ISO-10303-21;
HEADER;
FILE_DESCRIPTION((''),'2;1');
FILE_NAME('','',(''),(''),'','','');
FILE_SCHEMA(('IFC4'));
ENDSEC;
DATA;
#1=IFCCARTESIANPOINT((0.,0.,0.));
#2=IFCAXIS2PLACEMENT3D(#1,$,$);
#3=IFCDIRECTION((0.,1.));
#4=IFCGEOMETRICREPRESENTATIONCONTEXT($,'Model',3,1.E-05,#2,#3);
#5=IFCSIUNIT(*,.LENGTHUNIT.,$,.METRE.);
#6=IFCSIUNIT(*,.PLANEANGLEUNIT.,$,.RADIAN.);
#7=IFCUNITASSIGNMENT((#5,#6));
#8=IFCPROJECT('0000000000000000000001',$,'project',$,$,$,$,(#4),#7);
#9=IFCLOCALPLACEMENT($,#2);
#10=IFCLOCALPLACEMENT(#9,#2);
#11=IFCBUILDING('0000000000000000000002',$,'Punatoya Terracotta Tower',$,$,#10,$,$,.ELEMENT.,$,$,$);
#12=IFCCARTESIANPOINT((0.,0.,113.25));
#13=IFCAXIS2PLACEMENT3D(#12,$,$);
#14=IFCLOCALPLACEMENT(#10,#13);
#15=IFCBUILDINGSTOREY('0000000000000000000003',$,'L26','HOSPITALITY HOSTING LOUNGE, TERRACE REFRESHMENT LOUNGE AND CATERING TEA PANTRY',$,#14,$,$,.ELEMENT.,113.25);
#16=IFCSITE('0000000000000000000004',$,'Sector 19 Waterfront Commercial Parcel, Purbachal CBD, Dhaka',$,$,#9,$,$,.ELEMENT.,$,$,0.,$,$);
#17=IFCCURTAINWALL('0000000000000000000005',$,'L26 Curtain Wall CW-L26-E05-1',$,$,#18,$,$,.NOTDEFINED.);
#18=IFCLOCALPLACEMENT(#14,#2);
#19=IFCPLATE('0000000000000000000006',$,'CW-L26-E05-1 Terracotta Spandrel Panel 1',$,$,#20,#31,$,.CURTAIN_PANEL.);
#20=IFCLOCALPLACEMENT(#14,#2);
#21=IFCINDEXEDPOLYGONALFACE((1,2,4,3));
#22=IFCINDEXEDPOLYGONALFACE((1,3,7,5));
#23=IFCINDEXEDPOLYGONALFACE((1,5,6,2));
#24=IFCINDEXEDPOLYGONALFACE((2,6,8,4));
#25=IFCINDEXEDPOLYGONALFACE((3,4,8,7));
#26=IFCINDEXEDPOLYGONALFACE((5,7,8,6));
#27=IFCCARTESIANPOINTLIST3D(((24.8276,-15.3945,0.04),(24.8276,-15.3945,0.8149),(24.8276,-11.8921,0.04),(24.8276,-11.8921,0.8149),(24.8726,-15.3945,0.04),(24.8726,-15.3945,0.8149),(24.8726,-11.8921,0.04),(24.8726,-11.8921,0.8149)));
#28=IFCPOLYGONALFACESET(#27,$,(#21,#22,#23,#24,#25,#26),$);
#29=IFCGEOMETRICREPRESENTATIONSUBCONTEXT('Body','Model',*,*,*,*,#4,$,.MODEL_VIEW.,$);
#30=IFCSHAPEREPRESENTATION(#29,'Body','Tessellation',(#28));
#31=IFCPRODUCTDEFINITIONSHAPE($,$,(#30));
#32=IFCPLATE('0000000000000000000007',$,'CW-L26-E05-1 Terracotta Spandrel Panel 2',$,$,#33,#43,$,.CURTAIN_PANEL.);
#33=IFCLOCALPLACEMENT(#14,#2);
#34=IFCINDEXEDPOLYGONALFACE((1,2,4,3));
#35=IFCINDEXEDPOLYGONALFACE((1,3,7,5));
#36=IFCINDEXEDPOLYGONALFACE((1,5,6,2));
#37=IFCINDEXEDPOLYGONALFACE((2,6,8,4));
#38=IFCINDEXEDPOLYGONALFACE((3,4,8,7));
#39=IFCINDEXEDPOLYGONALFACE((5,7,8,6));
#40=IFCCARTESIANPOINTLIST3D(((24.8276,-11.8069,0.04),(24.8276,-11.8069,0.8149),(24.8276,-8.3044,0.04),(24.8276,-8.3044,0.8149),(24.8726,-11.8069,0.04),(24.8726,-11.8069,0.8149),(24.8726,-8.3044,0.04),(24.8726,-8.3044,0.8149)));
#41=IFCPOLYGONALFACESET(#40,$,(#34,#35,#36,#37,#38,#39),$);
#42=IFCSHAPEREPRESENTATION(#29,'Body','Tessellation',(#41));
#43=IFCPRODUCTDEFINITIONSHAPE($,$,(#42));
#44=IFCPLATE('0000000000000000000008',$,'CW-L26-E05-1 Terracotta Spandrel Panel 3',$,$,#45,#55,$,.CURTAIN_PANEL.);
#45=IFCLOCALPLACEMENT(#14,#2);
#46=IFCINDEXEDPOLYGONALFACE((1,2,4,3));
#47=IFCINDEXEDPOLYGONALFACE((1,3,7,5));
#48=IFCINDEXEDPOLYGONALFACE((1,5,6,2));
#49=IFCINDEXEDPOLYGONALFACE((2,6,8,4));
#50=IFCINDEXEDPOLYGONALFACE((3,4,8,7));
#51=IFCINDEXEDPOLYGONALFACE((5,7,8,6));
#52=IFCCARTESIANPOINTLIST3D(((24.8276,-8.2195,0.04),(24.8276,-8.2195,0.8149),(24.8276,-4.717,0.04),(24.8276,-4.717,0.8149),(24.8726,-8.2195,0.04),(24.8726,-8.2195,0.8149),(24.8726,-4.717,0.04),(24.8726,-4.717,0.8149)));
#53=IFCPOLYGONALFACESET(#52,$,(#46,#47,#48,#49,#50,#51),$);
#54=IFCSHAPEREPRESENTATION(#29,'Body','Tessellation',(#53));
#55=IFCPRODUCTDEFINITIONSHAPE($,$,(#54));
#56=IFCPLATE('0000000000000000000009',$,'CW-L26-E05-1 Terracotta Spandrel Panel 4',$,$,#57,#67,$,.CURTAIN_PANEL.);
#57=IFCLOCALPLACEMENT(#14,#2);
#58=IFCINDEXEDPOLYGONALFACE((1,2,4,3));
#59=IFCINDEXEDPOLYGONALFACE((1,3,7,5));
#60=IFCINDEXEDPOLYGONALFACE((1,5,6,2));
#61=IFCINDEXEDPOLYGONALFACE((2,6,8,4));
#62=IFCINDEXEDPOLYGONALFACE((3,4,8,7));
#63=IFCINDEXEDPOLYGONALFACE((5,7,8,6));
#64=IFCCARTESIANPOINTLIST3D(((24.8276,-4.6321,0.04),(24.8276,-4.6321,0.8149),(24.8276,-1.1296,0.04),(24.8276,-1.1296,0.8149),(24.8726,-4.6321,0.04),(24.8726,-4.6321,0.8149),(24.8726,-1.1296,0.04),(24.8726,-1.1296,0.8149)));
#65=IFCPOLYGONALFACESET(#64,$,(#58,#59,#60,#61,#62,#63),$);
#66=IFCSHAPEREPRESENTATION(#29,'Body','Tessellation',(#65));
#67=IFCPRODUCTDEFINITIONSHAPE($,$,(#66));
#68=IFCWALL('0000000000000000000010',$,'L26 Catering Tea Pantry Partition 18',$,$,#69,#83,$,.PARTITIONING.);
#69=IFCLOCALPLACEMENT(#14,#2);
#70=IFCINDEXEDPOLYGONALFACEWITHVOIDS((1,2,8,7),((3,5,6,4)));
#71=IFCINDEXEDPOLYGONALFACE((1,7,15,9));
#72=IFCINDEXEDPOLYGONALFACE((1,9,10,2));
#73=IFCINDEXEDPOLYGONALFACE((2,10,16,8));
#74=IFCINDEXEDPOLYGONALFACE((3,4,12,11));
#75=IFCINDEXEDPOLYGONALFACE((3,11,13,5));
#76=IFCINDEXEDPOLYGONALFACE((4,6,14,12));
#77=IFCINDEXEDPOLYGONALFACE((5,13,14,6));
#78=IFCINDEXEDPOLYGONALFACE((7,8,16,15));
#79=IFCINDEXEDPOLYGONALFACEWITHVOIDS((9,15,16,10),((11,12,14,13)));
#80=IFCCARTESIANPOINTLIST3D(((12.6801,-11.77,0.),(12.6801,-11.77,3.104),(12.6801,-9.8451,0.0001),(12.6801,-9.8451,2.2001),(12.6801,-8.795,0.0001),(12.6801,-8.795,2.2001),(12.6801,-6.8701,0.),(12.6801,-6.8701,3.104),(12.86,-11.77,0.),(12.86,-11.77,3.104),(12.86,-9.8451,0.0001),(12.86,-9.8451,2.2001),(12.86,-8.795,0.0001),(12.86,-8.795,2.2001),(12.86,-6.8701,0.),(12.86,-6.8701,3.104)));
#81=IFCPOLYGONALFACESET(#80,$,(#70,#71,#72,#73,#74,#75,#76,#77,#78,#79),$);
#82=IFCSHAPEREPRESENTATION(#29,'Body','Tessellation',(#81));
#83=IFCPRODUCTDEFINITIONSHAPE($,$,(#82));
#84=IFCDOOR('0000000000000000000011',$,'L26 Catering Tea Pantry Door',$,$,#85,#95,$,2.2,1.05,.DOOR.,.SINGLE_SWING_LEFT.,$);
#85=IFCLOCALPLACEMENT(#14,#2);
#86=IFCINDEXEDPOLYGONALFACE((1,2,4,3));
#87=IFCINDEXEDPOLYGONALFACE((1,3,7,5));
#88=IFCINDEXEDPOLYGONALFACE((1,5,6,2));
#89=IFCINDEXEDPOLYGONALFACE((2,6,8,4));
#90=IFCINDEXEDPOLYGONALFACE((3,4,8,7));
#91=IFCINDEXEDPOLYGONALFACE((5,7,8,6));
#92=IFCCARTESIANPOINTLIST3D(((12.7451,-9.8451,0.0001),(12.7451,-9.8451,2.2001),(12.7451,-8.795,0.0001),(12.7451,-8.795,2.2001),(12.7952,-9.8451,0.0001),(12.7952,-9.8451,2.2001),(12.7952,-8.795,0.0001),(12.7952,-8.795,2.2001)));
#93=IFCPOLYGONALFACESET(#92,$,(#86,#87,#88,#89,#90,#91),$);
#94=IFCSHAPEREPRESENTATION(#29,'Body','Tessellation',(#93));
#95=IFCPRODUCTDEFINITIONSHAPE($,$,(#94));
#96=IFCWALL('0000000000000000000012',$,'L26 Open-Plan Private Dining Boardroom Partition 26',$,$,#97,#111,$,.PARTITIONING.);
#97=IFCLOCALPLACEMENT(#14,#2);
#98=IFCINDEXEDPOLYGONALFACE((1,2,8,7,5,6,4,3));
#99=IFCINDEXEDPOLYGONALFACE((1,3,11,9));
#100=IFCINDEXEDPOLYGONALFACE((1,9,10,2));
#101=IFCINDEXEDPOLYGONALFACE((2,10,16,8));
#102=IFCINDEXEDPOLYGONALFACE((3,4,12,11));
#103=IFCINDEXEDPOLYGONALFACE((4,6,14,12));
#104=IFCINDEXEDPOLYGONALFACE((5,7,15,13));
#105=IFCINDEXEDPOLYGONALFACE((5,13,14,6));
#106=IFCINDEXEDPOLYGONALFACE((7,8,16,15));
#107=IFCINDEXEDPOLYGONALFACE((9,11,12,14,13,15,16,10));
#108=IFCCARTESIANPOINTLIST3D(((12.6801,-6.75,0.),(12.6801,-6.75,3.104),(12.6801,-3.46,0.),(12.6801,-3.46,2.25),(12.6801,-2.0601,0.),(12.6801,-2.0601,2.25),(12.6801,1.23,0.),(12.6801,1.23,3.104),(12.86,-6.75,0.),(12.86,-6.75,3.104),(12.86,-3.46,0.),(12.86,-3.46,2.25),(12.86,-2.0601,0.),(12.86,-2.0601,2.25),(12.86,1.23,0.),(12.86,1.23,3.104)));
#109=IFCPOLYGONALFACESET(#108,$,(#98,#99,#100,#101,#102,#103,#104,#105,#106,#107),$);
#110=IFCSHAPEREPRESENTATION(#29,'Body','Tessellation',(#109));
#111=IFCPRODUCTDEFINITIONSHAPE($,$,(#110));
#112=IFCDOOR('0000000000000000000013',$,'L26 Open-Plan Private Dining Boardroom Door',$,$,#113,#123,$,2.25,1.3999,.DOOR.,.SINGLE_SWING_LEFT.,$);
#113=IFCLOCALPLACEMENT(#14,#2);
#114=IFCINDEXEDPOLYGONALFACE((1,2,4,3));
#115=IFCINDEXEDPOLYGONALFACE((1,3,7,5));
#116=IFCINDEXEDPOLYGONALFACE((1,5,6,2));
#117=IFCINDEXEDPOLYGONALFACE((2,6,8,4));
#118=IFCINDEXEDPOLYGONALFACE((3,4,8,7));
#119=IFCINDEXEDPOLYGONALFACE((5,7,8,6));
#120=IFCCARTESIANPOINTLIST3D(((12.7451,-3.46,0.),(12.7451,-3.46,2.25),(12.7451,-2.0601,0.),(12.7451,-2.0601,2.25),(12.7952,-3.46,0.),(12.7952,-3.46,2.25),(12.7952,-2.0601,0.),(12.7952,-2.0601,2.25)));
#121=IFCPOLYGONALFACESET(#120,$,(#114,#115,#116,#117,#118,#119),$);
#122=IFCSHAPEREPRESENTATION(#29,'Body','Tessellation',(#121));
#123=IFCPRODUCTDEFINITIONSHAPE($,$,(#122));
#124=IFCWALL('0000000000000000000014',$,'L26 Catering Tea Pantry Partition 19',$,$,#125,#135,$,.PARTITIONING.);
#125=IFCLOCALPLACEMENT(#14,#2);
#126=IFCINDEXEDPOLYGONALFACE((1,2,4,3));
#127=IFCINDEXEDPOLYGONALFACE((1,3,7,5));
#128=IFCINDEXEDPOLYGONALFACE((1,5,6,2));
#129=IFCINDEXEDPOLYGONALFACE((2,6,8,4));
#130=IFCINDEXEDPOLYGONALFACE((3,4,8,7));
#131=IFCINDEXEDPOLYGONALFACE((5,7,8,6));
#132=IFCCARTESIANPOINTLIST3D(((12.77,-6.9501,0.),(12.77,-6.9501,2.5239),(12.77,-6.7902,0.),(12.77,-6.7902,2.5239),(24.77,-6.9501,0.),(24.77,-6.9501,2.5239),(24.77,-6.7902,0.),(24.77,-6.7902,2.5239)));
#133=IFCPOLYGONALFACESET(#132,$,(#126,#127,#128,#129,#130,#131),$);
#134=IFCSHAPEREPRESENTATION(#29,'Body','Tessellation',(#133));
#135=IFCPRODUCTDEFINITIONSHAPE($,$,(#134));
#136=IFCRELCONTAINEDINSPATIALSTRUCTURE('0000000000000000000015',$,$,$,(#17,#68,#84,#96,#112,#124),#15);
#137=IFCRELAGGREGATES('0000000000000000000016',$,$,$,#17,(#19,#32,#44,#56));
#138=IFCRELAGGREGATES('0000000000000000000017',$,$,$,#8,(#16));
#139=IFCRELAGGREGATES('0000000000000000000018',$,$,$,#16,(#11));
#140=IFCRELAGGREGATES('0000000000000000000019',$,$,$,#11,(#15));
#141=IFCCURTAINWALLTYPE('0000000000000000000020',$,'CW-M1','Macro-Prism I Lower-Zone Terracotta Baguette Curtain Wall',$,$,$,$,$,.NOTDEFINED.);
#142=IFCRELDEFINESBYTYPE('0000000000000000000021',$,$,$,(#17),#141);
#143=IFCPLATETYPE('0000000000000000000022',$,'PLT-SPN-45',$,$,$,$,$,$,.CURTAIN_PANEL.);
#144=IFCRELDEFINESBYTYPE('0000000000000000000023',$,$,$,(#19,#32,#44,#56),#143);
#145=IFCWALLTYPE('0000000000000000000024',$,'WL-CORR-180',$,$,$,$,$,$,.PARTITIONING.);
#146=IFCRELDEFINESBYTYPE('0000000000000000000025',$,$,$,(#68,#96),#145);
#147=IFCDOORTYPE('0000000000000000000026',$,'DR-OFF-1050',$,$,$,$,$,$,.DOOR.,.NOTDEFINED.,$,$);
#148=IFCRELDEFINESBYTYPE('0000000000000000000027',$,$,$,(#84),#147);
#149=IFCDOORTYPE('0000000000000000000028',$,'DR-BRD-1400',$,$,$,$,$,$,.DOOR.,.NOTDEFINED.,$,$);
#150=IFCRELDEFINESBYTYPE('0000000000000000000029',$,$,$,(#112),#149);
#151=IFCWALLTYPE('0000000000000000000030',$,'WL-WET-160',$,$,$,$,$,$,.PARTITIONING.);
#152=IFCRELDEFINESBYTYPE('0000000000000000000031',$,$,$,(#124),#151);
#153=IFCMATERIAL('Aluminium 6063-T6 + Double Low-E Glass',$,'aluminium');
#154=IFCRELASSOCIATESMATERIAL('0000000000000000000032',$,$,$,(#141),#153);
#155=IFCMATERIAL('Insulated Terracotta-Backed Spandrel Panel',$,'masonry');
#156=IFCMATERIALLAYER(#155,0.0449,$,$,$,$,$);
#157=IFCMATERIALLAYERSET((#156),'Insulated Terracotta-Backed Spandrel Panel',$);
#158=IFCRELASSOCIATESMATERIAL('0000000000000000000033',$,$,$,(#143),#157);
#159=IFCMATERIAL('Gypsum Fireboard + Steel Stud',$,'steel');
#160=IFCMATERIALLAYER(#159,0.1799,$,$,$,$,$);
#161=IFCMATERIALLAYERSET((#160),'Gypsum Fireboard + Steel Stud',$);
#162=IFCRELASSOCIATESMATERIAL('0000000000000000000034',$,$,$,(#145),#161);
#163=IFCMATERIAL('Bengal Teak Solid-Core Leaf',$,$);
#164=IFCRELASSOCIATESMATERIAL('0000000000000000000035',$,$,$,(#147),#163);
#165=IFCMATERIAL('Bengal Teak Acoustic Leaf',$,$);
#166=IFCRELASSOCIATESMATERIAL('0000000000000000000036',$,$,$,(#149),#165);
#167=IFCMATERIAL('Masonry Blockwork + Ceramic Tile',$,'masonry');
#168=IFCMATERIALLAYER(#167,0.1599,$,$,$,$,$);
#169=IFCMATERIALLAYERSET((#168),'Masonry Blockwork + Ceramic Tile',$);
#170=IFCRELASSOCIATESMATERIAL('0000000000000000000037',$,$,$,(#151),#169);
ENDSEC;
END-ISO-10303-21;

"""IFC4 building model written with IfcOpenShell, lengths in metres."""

from ifc_helpers import new_model, si_unit, direction, frame, frame_2d, origin, origin_2d, place, context, subcontext, project, spatial, rectangle, extrude, material, layer, layer_set, type_object, element, fill, aggregate, save


model = new_model("IFC4")

# Units and contexts
model_context = context("Model", 3, precision=1e-05, world=origin(), true_north=direction((0.0, 1.0)))
body_context = subcontext(model_context, "Body", "Model", "MODEL_VIEW")
ifc_project = project(units=[si_unit("LENGTHUNIT", "METRE"), si_unit("PLANEANGLEUNIT", "RADIAN")], contexts=[model_context])

# Site, building, storey
site_placement = place(None, origin())
site = spatial("IfcSite", under=ifc_project, at=site_placement, Name="Sector 19 Waterfront Commercial Parcel, Purbachal CBD, Dhaka", CompositionType="ELEMENT", RefElevation=0.0)
building_placement = place(site_placement, origin())
building = spatial("IfcBuilding", under=site, at=building_placement, Name="Punatoya Terracotta Tower", CompositionType="ELEMENT")
storey_placement = place(building_placement, frame((0.0, 0.0, 113.25)))
storey = spatial("IfcBuildingStorey", under=building, at=storey_placement, Name="L26", Description="HOSPITALITY HOSTING LOUNGE, TERRACE REFRESHMENT LOUNGE AND CATERING TEA PANTRY", CompositionType="ELEMENT", Elevation=113.25)

# Curtain wall, plates
ifc_material_1 = material(Name="Aluminium 6063-T6 + Double Low-E Glass", Category="aluminium")
curtain_wall_type = type_object("IfcCurtainWallType", Name="CW-M1", Description="Macro-Prism I Lower-Zone Terracotta Baguette Curtain Wall", PredefinedType="NOTDEFINED", material=ifc_material_1)
curtain_wall_placement = place(storey_placement, origin())
curtain_wall = element("IfcCurtainWall", 1, at=curtain_wall_placement, inside=storey, type_object=curtain_wall_type, Name="L26 Curtain Wall CW-L26-E05-1", PredefinedType="NOTDEFINED")
ifc_material_2 = material(Name="Insulated Terracotta-Backed Spandrel Panel", Category="masonry")
ifc_layer_1 = layer(ifc_material_2, 0.0449)
ifc_layer_set_1 = layer_set([ifc_layer_1], Name="Insulated Terracotta-Backed Spandrel Panel")
plate_type_1 = type_object("IfcPlateType", Name="PLT-SPN-45", PredefinedType="CURTAIN_PANEL", material=ifc_layer_set_1)
plate_1_placement = place(storey_placement, frame((24.8501, -13.6433, 0.04), z_axis=(0.0, 0.0, 1.0), x_axis=(0.0, 1.0, 0.0)))
plate_1 = element("IfcPlate", 2, at=plate_1_placement, type_object=plate_type_1, Name="CW-L26-E05-1 Terracotta Spandrel Panel 1", PredefinedType="CURTAIN_PANEL", context=body_context, shape_type="SweptSolid", body=[
    extrude(rectangle(XDim=3.5024, YDim=0.0449, at=origin_2d()), origin(), (0.0, 0.0, 1.0), 0.7749),
])
plate_2_placement = place(storey_placement, frame((24.8501, -10.0557, 0.04), z_axis=(0.0, 0.0, 1.0), x_axis=(0.0, 1.0, 0.0)))
plate_2 = element("IfcPlate", 3, at=plate_2_placement, type_object=plate_type_1, Name="CW-L26-E05-1 Terracotta Spandrel Panel 2", PredefinedType="CURTAIN_PANEL", context=body_context, shape_type="SweptSolid", body=[
    extrude(rectangle(XDim=3.5024, YDim=0.0449, at=origin_2d()), origin(), (0.0, 0.0, 1.0), 0.7749),
])
plate_3_placement = place(storey_placement, frame((24.8501, -6.4683, 0.04), z_axis=(0.0, 0.0, 1.0), x_axis=(0.0, 1.0, 0.0)))
plate_3 = element("IfcPlate", 4, at=plate_3_placement, type_object=plate_type_1, Name="CW-L26-E05-1 Terracotta Spandrel Panel 3", PredefinedType="CURTAIN_PANEL", context=body_context, shape_type="SweptSolid", body=[
    extrude(rectangle(XDim=3.5024, YDim=0.0449, at=origin_2d()), origin(), (0.0, 0.0, 1.0), 0.7749),
])
plate_4_placement = place(storey_placement, frame((24.8501, -2.8809, 0.04), z_axis=(0.0, 0.0, 1.0), x_axis=(0.0, 1.0, 0.0)))
plate_4 = element("IfcPlate", 5, at=plate_4_placement, type_object=plate_type_1, Name="CW-L26-E05-1 Terracotta Spandrel Panel 4", PredefinedType="CURTAIN_PANEL", context=body_context, shape_type="SweptSolid", body=[
    extrude(rectangle(XDim=3.5024, YDim=0.0449, at=origin_2d()), origin(), (0.0, 0.0, 1.0), 0.7749),
])
aggregate(curtain_wall, [plate_1, plate_2, plate_3, plate_4])

# Walls, openings, doors
ifc_material_3 = material(Name="Gypsum Fireboard + Steel Stud", Category="steel")
ifc_layer_2 = layer(ifc_material_3, 0.1799)
ifc_layer_set_2 = layer_set([ifc_layer_2], Name="Gypsum Fireboard + Steel Stud")
wall_type_1 = type_object("IfcWallType", Name="WL-CORR-180", PredefinedType="PARTITIONING", material=ifc_layer_set_2)
wall_1_placement = place(storey_placement, frame((12.77, -11.77, 0.0), z_axis=(0.0, 0.0, 1.0), x_axis=(0.0, 1.0, 0.0)))
wall_1 = element("IfcWall", 6, at=wall_1_placement, inside=storey, type_object=wall_type_1, Name="L26 Catering Tea Pantry Partition 18", PredefinedType="PARTITIONING", context=body_context, shape_type="SweptSolid", body=[
    extrude(rectangle(XDim=4.8999, YDim=0.1799, at=frame_2d((2.45, 0.0))), origin(), (0.0, 0.0, 1.0), 3.104),
])
opening_1_placement = place(wall_1_placement, frame((1.925, 0.0, 0.0)))
opening_1 = element("IfcOpeningElement", 7, at=opening_1_placement, cuts=wall_1, PredefinedType="OPENING", context=body_context, shape_type="SweptSolid", body=[
    extrude(rectangle(XDim=1.05, YDim=2.2, at=frame_2d((0.5249, 1.1001))), frame((0.0, 0.0999, 0.0), z_axis=(0.0, -1.0, 0.0), x_axis=(1.0, 0.0, 0.0)), (0.0, 0.0, 1.0), 0.2),
])
ifc_material_4 = material(Name="Bengal Teak Solid-Core Leaf")
door_type_1 = type_object("IfcDoorType", Name="DR-OFF-1050", OperationType="NOTDEFINED", PredefinedType="DOOR", material=ifc_material_4)
door_1_placement = place(opening_1_placement, origin())
door_1 = element("IfcDoor", 8, at=door_1_placement, inside=storey, type_object=door_type_1, Name="L26 Catering Tea Pantry Door", OperationType="SINGLE_SWING_LEFT", OverallHeight=2.2, OverallWidth=1.05, PredefinedType="DOOR", context=body_context, shape_type="SweptSolid", body=[
    extrude(rectangle(XDim=1.05, YDim=2.2, at=frame_2d((0.5249, 1.1001))), frame((0.0, 0.0249, 0.0), z_axis=(0.0, -1.0, 0.0), x_axis=(1.0, 0.0, 0.0)), (0.0, 0.0, 1.0), 0.05),
])
fill(opening_1, door_1)
wall_2_placement = place(storey_placement, frame((12.77, -6.75, 0.0), z_axis=(0.0, 0.0, 1.0), x_axis=(0.0, 1.0, 0.0)))
wall_2 = element("IfcWall", 9, at=wall_2_placement, inside=storey, type_object=wall_type_1, Name="L26 Open-Plan Private Dining Boardroom Partition 26", PredefinedType="PARTITIONING", context=body_context, shape_type="SweptSolid", body=[
    extrude(rectangle(XDim=7.98, YDim=0.1799, at=frame_2d((3.99, 0.0))), origin(), (0.0, 0.0, 1.0), 3.104),
])
opening_2_placement = place(wall_2_placement, frame((3.29, 0.0, 0.0)))
opening_2 = element("IfcOpeningElement", 10, at=opening_2_placement, cuts=wall_2, PredefinedType="OPENING", context=body_context, shape_type="SweptSolid", body=[
    extrude(rectangle(XDim=1.3999, YDim=2.25, at=frame_2d((0.7, 1.125))), frame((0.0, 0.0999, 0.0), z_axis=(0.0, -1.0, 0.0), x_axis=(1.0, 0.0, 0.0)), (0.0, 0.0, 1.0), 0.2),
])
ifc_material_5 = material(Name="Bengal Teak Acoustic Leaf")
door_type_2 = type_object("IfcDoorType", Name="DR-BRD-1400", OperationType="NOTDEFINED", PredefinedType="DOOR", material=ifc_material_5)
door_2_placement = place(opening_2_placement, origin())
door_2 = element("IfcDoor", 11, at=door_2_placement, inside=storey, type_object=door_type_2, Name="L26 Open-Plan Private Dining Boardroom Door", OperationType="SINGLE_SWING_LEFT", OverallHeight=2.25, OverallWidth=1.3999, PredefinedType="DOOR", context=body_context, shape_type="SweptSolid", body=[
    extrude(rectangle(XDim=1.3999, YDim=2.25, at=frame_2d((0.7, 1.125))), frame((0.0, 0.0249, 0.0), z_axis=(0.0, -1.0, 0.0), x_axis=(1.0, 0.0, 0.0)), (0.0, 0.0, 1.0), 0.05),
])
fill(opening_2, door_2)

# Wall
ifc_material_6 = material(Name="Masonry Blockwork + Ceramic Tile", Category="masonry")
ifc_layer_3 = layer(ifc_material_6, 0.1599)
ifc_layer_set_3 = layer_set([ifc_layer_3], Name="Masonry Blockwork + Ceramic Tile")
wall_type_2 = type_object("IfcWallType", Name="WL-WET-160", PredefinedType="PARTITIONING", material=ifc_layer_set_3)
wall_3_placement = place(storey_placement, frame((12.77, -6.8701, 0.0), z_axis=(0.0, 0.0, 1.0), x_axis=(1.0, 0.0, 0.0)))
element("IfcWall", 12, at=wall_3_placement, inside=storey, type_object=wall_type_2, Name="L26 Catering Tea Pantry Partition 19", PredefinedType="PARTITIONING", context=body_context, shape_type="SweptSolid", body=[
    extrude(rectangle(XDim=12.0, YDim=0.1599, at=frame_2d((6.0, 0.0))), origin(), (0.0, 0.0, 1.0), 2.5239),
])

save(model, "model.ifc")
